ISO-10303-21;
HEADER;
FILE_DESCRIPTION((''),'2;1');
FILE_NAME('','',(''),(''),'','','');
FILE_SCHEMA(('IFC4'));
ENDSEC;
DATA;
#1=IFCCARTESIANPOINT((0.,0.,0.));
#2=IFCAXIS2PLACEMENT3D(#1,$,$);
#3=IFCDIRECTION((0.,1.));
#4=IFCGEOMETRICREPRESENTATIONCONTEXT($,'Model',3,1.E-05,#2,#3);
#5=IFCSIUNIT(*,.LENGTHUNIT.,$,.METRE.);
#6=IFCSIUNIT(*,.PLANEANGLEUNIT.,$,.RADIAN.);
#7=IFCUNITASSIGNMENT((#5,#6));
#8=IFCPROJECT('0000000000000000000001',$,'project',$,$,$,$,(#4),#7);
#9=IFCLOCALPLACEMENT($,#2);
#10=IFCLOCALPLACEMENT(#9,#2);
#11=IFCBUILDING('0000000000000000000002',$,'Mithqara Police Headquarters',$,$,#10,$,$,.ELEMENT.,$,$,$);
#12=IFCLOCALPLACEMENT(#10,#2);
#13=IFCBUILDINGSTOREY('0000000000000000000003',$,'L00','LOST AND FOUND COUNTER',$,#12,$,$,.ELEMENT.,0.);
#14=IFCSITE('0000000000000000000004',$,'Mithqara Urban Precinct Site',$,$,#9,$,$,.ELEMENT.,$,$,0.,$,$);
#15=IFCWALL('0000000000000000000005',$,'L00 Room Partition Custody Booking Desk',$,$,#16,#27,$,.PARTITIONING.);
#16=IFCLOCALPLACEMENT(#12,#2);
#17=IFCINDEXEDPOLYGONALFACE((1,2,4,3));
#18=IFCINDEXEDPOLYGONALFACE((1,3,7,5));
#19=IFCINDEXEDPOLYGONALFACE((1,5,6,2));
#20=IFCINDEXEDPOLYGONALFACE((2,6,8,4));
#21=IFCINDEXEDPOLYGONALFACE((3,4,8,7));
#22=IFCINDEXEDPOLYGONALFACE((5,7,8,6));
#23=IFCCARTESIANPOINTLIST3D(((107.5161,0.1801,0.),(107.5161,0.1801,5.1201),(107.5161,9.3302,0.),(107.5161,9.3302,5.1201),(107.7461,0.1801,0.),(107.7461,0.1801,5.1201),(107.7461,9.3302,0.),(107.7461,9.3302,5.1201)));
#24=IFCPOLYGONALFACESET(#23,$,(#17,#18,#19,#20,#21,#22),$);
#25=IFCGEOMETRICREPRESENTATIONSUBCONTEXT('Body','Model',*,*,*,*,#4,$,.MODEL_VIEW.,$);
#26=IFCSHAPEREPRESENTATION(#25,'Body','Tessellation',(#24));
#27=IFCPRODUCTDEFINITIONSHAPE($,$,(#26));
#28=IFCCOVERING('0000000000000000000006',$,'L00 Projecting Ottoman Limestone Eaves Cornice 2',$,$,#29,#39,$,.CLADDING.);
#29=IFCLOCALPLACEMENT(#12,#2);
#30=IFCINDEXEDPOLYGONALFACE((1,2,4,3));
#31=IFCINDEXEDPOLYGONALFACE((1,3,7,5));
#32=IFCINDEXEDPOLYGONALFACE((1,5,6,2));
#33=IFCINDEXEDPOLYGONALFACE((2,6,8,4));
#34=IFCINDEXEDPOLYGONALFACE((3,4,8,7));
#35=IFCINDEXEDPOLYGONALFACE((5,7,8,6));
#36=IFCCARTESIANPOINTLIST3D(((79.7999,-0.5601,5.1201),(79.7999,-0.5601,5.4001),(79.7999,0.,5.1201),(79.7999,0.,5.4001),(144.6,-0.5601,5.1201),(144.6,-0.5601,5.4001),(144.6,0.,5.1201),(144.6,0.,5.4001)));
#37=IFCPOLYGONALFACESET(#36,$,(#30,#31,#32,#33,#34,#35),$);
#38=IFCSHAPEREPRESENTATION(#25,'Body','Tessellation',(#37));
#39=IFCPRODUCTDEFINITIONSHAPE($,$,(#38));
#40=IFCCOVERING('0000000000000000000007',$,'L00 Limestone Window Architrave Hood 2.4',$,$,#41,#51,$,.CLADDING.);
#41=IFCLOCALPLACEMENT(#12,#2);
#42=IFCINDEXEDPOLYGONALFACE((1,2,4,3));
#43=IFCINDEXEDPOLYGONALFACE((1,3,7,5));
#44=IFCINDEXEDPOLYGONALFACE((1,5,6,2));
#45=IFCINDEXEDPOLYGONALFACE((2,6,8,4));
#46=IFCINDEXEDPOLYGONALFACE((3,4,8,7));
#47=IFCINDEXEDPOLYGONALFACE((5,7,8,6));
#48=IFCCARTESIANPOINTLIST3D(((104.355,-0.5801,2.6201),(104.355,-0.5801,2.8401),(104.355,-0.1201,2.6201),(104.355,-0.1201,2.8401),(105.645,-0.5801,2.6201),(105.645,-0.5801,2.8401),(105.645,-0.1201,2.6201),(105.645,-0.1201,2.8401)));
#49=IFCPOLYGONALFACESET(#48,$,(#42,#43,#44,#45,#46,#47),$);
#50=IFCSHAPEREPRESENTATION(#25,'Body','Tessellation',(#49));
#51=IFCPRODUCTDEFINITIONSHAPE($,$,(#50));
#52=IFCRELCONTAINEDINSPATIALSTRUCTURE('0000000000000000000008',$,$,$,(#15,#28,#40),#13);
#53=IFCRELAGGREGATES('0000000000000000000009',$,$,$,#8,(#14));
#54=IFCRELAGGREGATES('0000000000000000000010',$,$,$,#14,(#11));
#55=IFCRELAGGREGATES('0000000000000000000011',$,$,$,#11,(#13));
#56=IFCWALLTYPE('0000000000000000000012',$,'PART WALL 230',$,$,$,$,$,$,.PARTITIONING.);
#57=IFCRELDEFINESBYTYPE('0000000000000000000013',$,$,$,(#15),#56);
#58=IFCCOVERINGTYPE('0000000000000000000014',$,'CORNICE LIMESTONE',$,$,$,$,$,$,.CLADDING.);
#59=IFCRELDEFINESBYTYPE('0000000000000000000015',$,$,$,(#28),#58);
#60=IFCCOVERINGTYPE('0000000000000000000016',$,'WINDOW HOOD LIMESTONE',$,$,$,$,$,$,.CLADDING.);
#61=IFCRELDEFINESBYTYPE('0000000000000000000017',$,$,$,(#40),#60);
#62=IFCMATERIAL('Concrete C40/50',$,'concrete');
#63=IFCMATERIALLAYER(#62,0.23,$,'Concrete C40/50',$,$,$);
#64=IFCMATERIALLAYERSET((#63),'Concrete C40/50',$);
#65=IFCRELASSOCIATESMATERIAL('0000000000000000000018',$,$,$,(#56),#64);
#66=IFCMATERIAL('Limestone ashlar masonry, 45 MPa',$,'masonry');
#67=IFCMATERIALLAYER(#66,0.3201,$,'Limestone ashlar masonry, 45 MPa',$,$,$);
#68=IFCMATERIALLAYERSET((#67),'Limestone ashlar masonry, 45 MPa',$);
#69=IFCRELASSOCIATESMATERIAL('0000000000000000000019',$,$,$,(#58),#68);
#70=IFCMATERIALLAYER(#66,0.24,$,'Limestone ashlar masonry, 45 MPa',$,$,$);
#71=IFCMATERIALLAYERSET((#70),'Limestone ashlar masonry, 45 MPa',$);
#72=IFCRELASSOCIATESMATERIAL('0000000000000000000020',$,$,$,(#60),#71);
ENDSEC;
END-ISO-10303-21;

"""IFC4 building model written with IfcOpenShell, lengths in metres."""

from ifc_helpers import new_model, si_unit, direction, frame, frame_2d, origin, origin_2d, place, context, subcontext, project, spatial, rectangle, extrude, material, layer, layer_set, type_object, element, save


model = new_model("IFC4")

# Units and contexts
model_context = context("Model", 3, precision=1e-05, world=origin(), true_north=direction((0.0, 1.0)))
body_context = subcontext(model_context, "Body", "Model", "MODEL_VIEW")
ifc_project = project(units=[si_unit("LENGTHUNIT", "METRE"), si_unit("PLANEANGLEUNIT", "RADIAN")], contexts=[model_context])

# Site, building, storey
site_placement = place(None, origin())
site = spatial("IfcSite", under=ifc_project, at=site_placement, Name="Mithqara Urban Precinct Site", CompositionType="ELEMENT", RefElevation=0.0)
building_placement = place(site_placement, origin())
building = spatial("IfcBuilding", under=site, at=building_placement, Name="Mithqara Police Headquarters", CompositionType="ELEMENT")
storey_placement = place(building_placement, origin())
storey = spatial("IfcBuildingStorey", under=building, at=storey_placement, Name="L00", Description="LOST AND FOUND COUNTER", CompositionType="ELEMENT", Elevation=0.0)

# Shared definitions
ifc_material_1 = material(Name="Concrete C40/50", Category="concrete")

# Wall
ifc_layer_1 = layer(ifc_material_1, 0.23, Name="Concrete C40/50")
ifc_layer_set_1 = layer_set([ifc_layer_1], Name="Concrete C40/50")
wall_type = type_object("IfcWallType", Name="PART WALL 230", PredefinedType="PARTITIONING", material=ifc_layer_set_1)
wall_placement = place(storey_placement, frame((107.6311, 0.1799, 0.0), z_axis=(0.0, 0.0, 1.0), x_axis=(0.0, 1.0, 0.0)))
element("IfcWall", 1, at=wall_placement, inside=storey, type_object=wall_type, Name="L00 Room Partition Custody Booking Desk", PredefinedType="PARTITIONING", context=body_context, shape_type="SweptSolid", body=[
    extrude(rectangle(XDim=9.1501, YDim=0.23, at=frame_2d((4.5752, 0.0))), origin(), (0.0, 0.0, 1.0), 5.1201),
])

# Coverings
ifc_material_2 = material(Name="Limestone ashlar masonry, 45 MPa", Category="masonry")
ifc_layer_2 = layer(ifc_material_2, 0.3201, Name="Limestone ashlar masonry, 45 MPa")
ifc_layer_set_2 = layer_set([ifc_layer_2], Name="Limestone ashlar masonry, 45 MPa")
covering_type_1 = type_object("IfcCoveringType", Name="CORNICE LIMESTONE", PredefinedType="CLADDING", material=ifc_layer_set_2)
covering_1_placement = place(storey_placement, frame((112.2, -0.28, 5.1201), z_axis=(0.0, 0.0, 1.0), x_axis=(1.0, 0.0, 0.0)))
element("IfcCovering", 2, at=covering_1_placement, inside=storey, type_object=covering_type_1, Name="L00 Projecting Ottoman Limestone Eaves Cornice 2", PredefinedType="CLADDING", context=body_context, shape_type="SweptSolid", body=[
    extrude(rectangle(XDim=64.8, YDim=0.5601, at=origin_2d()), origin(), (0.0, 0.0, 1.0), 0.28),
])
ifc_layer_3 = layer(ifc_material_2, 0.24, Name="Limestone ashlar masonry, 45 MPa")
ifc_layer_set_3 = layer_set([ifc_layer_3], Name="Limestone ashlar masonry, 45 MPa")
covering_type_2 = type_object("IfcCoveringType", Name="WINDOW HOOD LIMESTONE", PredefinedType="CLADDING", material=ifc_layer_set_3)
covering_2_placement = place(storey_placement, frame((105.0, -0.3501, 2.6201), z_axis=(0.0, 0.0, 1.0), x_axis=(1.0, 0.0, 0.0)))
element("IfcCovering", 3, at=covering_2_placement, inside=storey, type_object=covering_type_2, Name="L00 Limestone Window Architrave Hood 2.4", PredefinedType="CLADDING", context=body_context, shape_type="SweptSolid", body=[
    extrude(rectangle(XDim=1.29, YDim=0.46, at=origin_2d()), origin(), (0.0, 0.0, 1.0), 0.22),
])

save(model, "model.ifc")
